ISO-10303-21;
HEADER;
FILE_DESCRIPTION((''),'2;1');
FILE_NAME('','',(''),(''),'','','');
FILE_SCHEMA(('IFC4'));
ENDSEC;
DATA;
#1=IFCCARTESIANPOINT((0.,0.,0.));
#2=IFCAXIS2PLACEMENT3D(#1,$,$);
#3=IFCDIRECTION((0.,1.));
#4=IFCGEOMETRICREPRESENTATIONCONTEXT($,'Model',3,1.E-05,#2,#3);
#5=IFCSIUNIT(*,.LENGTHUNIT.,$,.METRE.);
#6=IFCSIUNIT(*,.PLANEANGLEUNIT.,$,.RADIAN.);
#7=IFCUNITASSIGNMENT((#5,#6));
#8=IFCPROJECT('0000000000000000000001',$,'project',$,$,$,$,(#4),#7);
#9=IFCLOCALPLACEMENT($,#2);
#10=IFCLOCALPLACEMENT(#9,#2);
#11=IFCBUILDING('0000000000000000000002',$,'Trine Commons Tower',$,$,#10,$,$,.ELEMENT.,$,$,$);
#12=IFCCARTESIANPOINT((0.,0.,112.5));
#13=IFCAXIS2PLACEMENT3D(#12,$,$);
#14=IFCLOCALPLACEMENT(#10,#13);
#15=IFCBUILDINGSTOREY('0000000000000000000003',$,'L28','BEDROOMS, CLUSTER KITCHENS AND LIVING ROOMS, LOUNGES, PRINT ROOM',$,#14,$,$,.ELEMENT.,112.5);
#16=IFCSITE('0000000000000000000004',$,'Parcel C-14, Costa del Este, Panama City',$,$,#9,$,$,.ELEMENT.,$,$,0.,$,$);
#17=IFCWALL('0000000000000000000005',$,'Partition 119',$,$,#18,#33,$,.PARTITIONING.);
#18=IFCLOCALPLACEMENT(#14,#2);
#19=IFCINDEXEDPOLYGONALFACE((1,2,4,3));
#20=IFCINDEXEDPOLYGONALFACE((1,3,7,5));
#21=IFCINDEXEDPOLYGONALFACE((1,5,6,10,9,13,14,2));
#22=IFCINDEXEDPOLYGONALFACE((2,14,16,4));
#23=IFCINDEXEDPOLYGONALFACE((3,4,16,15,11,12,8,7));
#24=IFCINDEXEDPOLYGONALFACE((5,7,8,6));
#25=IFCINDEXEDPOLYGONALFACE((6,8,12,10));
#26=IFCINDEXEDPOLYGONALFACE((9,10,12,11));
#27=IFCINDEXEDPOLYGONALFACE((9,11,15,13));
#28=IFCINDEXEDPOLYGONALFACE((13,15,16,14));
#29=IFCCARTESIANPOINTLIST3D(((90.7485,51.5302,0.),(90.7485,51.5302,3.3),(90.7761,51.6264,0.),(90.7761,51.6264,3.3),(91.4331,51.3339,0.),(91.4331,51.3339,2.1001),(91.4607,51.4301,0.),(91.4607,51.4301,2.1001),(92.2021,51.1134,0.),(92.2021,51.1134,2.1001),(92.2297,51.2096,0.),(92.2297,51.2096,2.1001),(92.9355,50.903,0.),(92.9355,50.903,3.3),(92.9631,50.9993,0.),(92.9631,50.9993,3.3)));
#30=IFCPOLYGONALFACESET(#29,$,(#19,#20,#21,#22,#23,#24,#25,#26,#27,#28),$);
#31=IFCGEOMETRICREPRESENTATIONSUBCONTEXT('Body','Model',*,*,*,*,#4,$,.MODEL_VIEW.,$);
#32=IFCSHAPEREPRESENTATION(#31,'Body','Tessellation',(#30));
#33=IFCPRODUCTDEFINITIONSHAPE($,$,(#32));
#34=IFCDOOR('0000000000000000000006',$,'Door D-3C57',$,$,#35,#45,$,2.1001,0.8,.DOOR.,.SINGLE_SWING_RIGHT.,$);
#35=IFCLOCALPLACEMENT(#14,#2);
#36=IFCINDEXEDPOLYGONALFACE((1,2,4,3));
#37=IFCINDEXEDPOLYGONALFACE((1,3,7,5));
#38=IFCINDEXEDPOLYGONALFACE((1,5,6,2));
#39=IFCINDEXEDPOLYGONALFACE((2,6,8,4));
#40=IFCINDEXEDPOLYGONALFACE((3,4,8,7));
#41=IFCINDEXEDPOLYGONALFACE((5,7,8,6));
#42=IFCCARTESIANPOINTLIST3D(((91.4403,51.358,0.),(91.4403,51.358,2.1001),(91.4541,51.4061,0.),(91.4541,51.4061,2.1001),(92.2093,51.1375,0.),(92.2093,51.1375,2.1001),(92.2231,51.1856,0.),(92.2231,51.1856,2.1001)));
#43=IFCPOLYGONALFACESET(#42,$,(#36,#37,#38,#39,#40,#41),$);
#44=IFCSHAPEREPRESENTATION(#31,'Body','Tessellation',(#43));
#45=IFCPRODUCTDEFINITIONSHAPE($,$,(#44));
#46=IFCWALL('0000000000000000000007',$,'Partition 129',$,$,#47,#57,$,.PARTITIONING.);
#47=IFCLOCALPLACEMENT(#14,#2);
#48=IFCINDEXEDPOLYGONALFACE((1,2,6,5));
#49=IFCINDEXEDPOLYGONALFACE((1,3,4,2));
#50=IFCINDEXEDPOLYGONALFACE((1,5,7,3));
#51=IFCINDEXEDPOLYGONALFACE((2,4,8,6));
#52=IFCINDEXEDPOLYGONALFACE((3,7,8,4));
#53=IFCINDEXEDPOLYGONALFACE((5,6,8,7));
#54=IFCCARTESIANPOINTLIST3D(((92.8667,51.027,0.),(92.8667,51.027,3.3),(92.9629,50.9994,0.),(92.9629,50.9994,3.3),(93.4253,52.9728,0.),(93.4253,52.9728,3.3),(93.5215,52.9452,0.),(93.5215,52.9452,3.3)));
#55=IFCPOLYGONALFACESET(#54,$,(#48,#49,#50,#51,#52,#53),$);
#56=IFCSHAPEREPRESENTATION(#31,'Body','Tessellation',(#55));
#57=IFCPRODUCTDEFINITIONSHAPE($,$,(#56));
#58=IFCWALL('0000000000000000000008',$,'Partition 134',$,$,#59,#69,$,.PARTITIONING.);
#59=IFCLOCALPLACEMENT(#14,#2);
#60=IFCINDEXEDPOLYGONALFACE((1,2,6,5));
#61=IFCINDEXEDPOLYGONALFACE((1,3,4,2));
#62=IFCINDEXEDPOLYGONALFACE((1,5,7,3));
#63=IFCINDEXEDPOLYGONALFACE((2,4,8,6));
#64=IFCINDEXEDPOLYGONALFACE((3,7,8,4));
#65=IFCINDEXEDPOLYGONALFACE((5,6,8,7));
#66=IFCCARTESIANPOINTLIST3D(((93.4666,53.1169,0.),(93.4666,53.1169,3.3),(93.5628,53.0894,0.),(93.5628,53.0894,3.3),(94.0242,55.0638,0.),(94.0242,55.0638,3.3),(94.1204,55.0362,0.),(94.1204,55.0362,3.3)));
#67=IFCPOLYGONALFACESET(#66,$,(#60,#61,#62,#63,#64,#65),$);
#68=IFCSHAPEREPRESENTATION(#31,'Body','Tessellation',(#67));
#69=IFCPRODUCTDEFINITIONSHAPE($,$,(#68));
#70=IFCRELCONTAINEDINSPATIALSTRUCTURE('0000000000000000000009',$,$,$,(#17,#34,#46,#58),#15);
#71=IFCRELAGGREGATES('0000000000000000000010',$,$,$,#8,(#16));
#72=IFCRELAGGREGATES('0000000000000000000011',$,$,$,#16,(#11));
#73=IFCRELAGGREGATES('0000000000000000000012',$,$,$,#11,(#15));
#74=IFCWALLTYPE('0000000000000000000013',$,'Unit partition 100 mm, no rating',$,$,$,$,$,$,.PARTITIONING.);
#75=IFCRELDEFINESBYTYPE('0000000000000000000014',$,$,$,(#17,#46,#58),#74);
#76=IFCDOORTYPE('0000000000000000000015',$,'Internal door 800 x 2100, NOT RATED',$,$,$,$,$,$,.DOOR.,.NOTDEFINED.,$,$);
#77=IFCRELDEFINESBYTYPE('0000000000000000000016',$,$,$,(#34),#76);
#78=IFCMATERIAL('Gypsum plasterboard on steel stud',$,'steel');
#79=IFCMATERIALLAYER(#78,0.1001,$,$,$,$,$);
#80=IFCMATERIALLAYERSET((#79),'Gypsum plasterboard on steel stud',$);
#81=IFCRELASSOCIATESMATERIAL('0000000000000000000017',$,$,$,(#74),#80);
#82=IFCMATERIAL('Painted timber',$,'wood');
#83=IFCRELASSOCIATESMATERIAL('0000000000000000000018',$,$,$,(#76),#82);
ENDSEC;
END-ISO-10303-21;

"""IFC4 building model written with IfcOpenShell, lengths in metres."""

from ifc_helpers import new_model, si_unit, direction, frame, frame_2d, origin, place, context, subcontext, project, spatial, rectangle, extrude, material, layer, layer_set, type_object, element, fill, save


model = new_model("IFC4")

# Units and contexts
model_context = context("Model", 3, precision=1e-05, world=origin(), true_north=direction((0.0, 1.0)))
body_context = subcontext(model_context, "Body", "Model", "MODEL_VIEW")
ifc_project = project(units=[si_unit("LENGTHUNIT", "METRE"), si_unit("PLANEANGLEUNIT", "RADIAN")], contexts=[model_context])

# Site, building, storey
site_placement = place(None, origin())
site = spatial("IfcSite", under=ifc_project, at=site_placement, Name="Parcel C-14, Costa del Este, Panama City", CompositionType="ELEMENT", RefElevation=0.0)
building_placement = place(site_placement, origin())
building = spatial("IfcBuilding", under=site, at=building_placement, Name="Trine Commons Tower", CompositionType="ELEMENT")
storey_placement = place(building_placement, frame((0.0, 0.0, 112.5)))
storey = spatial("IfcBuildingStorey", under=building, at=storey_placement, Name="L28", Description="BEDROOMS, CLUSTER KITCHENS AND LIVING ROOMS, LOUNGES, PRINT ROOM", CompositionType="ELEMENT", Elevation=112.5)

# Shared definitions
ifc_material_1 = material(Name="Gypsum plasterboard on steel stud", Category="steel")

# Wall, opening, door
ifc_layer_1 = layer(ifc_material_1, 0.1001)
ifc_layer_set_1 = layer_set([ifc_layer_1], Name="Gypsum plasterboard on steel stud")
wall_type_1 = type_object("IfcWallType", Name="Unit partition 100 mm, no rating", PredefinedType="PARTITIONING", material=ifc_layer_set_1)
wall_1_placement = place(storey_placement, frame((90.7622, 51.5784, 0.0), z_axis=(0.0, 0.0, 1.0), x_axis=(0.961252, -0.275671, 0.0)))
wall_1 = element("IfcWall", 1, at=wall_1_placement, inside=storey, type_object=wall_type_1, Name="Partition 119", PredefinedType="PARTITIONING", context=body_context, shape_type="SweptSolid", body=[
    extrude(rectangle(XDim=2.2751, YDim=0.1001, at=frame_2d((1.1377, 0.0))), origin(), (0.0, 0.0, 1.0), 3.3),
])
opening_1_placement = place(wall_1_placement, frame((0.7124, 0.0, 0.0)))
opening_1 = element("IfcOpeningElement", 2, at=opening_1_placement, cuts=wall_1, PredefinedType="OPENING", context=body_context, shape_type="SweptSolid", body=[
    extrude(rectangle(XDim=0.8, YDim=2.1001, at=frame_2d((0.3999, 1.05))), frame((0.0, 0.0601, 0.0), z_axis=(0.0, -1.0, 0.0), x_axis=(1.0, 0.0, 0.0)), (0.0, 0.0, 1.0), 0.1201),
])
ifc_material_2 = material(Name="Painted timber", Category="wood")
door_type_1 = type_object("IfcDoorType", Name="Internal door 800 x 2100, NOT RATED", OperationType="NOTDEFINED", PredefinedType="DOOR", material=ifc_material_2)
door_1_placement = place(opening_1_placement, frame((0.8, 0.0, 0.0), z_axis=(0.0, 0.0, 1.0), x_axis=(-1.0, 0.0, 0.0)))
door_1 = element("IfcDoor", 3, at=door_1_placement, inside=storey, type_object=door_type_1, Name="Door D-3C57", OperationType="SINGLE_SWING_RIGHT", OverallHeight=2.1001, OverallWidth=0.8, PredefinedType="DOOR", context=body_context, shape_type="SweptSolid", body=[
    extrude(rectangle(XDim=0.8, YDim=2.1001, at=frame_2d((0.3999, 1.05))), frame((0.0, 0.0249, 0.0), z_axis=(0.0, -1.0, 0.0), x_axis=(1.0, 0.0, 0.0)), (0.0, 0.0, 1.0), 0.05),
])
fill(opening_1, door_1)

# Walls
wall_2_placement = place(storey_placement, frame((92.9148, 51.0132, 0.0), z_axis=(0.0, 0.0, 1.0), x_axis=(0.275931, 0.961177, 0.0)))
element("IfcWall", 4, at=wall_2_placement, inside=storey, type_object=wall_type_1, Name="Partition 129", PredefinedType="PARTITIONING", context=body_context, shape_type="SweptSolid", body=[
    extrude(rectangle(XDim=2.0244, YDim=0.1001, at=frame_2d((1.0122, 0.0))), origin(), (0.0, 0.0, 1.0), 3.3),
])
wall_3_placement = place(storey_placement, frame((93.5146, 53.103, 0.0), z_axis=(0.0, 0.0, 1.0), x_axis=(0.275358, 0.961342, 0.0)))
element("IfcWall", 5, at=wall_3_placement, inside=storey, type_object=wall_type_1, Name="Partition 134", PredefinedType="PARTITIONING", context=body_context, shape_type="SweptSolid", body=[
    extrude(rectangle(XDim=2.0251, YDim=0.1001, at=frame_2d((1.0127, 0.0))), origin(), (0.0, 0.0, 1.0), 3.3),
])

save(model, "model.ifc")
